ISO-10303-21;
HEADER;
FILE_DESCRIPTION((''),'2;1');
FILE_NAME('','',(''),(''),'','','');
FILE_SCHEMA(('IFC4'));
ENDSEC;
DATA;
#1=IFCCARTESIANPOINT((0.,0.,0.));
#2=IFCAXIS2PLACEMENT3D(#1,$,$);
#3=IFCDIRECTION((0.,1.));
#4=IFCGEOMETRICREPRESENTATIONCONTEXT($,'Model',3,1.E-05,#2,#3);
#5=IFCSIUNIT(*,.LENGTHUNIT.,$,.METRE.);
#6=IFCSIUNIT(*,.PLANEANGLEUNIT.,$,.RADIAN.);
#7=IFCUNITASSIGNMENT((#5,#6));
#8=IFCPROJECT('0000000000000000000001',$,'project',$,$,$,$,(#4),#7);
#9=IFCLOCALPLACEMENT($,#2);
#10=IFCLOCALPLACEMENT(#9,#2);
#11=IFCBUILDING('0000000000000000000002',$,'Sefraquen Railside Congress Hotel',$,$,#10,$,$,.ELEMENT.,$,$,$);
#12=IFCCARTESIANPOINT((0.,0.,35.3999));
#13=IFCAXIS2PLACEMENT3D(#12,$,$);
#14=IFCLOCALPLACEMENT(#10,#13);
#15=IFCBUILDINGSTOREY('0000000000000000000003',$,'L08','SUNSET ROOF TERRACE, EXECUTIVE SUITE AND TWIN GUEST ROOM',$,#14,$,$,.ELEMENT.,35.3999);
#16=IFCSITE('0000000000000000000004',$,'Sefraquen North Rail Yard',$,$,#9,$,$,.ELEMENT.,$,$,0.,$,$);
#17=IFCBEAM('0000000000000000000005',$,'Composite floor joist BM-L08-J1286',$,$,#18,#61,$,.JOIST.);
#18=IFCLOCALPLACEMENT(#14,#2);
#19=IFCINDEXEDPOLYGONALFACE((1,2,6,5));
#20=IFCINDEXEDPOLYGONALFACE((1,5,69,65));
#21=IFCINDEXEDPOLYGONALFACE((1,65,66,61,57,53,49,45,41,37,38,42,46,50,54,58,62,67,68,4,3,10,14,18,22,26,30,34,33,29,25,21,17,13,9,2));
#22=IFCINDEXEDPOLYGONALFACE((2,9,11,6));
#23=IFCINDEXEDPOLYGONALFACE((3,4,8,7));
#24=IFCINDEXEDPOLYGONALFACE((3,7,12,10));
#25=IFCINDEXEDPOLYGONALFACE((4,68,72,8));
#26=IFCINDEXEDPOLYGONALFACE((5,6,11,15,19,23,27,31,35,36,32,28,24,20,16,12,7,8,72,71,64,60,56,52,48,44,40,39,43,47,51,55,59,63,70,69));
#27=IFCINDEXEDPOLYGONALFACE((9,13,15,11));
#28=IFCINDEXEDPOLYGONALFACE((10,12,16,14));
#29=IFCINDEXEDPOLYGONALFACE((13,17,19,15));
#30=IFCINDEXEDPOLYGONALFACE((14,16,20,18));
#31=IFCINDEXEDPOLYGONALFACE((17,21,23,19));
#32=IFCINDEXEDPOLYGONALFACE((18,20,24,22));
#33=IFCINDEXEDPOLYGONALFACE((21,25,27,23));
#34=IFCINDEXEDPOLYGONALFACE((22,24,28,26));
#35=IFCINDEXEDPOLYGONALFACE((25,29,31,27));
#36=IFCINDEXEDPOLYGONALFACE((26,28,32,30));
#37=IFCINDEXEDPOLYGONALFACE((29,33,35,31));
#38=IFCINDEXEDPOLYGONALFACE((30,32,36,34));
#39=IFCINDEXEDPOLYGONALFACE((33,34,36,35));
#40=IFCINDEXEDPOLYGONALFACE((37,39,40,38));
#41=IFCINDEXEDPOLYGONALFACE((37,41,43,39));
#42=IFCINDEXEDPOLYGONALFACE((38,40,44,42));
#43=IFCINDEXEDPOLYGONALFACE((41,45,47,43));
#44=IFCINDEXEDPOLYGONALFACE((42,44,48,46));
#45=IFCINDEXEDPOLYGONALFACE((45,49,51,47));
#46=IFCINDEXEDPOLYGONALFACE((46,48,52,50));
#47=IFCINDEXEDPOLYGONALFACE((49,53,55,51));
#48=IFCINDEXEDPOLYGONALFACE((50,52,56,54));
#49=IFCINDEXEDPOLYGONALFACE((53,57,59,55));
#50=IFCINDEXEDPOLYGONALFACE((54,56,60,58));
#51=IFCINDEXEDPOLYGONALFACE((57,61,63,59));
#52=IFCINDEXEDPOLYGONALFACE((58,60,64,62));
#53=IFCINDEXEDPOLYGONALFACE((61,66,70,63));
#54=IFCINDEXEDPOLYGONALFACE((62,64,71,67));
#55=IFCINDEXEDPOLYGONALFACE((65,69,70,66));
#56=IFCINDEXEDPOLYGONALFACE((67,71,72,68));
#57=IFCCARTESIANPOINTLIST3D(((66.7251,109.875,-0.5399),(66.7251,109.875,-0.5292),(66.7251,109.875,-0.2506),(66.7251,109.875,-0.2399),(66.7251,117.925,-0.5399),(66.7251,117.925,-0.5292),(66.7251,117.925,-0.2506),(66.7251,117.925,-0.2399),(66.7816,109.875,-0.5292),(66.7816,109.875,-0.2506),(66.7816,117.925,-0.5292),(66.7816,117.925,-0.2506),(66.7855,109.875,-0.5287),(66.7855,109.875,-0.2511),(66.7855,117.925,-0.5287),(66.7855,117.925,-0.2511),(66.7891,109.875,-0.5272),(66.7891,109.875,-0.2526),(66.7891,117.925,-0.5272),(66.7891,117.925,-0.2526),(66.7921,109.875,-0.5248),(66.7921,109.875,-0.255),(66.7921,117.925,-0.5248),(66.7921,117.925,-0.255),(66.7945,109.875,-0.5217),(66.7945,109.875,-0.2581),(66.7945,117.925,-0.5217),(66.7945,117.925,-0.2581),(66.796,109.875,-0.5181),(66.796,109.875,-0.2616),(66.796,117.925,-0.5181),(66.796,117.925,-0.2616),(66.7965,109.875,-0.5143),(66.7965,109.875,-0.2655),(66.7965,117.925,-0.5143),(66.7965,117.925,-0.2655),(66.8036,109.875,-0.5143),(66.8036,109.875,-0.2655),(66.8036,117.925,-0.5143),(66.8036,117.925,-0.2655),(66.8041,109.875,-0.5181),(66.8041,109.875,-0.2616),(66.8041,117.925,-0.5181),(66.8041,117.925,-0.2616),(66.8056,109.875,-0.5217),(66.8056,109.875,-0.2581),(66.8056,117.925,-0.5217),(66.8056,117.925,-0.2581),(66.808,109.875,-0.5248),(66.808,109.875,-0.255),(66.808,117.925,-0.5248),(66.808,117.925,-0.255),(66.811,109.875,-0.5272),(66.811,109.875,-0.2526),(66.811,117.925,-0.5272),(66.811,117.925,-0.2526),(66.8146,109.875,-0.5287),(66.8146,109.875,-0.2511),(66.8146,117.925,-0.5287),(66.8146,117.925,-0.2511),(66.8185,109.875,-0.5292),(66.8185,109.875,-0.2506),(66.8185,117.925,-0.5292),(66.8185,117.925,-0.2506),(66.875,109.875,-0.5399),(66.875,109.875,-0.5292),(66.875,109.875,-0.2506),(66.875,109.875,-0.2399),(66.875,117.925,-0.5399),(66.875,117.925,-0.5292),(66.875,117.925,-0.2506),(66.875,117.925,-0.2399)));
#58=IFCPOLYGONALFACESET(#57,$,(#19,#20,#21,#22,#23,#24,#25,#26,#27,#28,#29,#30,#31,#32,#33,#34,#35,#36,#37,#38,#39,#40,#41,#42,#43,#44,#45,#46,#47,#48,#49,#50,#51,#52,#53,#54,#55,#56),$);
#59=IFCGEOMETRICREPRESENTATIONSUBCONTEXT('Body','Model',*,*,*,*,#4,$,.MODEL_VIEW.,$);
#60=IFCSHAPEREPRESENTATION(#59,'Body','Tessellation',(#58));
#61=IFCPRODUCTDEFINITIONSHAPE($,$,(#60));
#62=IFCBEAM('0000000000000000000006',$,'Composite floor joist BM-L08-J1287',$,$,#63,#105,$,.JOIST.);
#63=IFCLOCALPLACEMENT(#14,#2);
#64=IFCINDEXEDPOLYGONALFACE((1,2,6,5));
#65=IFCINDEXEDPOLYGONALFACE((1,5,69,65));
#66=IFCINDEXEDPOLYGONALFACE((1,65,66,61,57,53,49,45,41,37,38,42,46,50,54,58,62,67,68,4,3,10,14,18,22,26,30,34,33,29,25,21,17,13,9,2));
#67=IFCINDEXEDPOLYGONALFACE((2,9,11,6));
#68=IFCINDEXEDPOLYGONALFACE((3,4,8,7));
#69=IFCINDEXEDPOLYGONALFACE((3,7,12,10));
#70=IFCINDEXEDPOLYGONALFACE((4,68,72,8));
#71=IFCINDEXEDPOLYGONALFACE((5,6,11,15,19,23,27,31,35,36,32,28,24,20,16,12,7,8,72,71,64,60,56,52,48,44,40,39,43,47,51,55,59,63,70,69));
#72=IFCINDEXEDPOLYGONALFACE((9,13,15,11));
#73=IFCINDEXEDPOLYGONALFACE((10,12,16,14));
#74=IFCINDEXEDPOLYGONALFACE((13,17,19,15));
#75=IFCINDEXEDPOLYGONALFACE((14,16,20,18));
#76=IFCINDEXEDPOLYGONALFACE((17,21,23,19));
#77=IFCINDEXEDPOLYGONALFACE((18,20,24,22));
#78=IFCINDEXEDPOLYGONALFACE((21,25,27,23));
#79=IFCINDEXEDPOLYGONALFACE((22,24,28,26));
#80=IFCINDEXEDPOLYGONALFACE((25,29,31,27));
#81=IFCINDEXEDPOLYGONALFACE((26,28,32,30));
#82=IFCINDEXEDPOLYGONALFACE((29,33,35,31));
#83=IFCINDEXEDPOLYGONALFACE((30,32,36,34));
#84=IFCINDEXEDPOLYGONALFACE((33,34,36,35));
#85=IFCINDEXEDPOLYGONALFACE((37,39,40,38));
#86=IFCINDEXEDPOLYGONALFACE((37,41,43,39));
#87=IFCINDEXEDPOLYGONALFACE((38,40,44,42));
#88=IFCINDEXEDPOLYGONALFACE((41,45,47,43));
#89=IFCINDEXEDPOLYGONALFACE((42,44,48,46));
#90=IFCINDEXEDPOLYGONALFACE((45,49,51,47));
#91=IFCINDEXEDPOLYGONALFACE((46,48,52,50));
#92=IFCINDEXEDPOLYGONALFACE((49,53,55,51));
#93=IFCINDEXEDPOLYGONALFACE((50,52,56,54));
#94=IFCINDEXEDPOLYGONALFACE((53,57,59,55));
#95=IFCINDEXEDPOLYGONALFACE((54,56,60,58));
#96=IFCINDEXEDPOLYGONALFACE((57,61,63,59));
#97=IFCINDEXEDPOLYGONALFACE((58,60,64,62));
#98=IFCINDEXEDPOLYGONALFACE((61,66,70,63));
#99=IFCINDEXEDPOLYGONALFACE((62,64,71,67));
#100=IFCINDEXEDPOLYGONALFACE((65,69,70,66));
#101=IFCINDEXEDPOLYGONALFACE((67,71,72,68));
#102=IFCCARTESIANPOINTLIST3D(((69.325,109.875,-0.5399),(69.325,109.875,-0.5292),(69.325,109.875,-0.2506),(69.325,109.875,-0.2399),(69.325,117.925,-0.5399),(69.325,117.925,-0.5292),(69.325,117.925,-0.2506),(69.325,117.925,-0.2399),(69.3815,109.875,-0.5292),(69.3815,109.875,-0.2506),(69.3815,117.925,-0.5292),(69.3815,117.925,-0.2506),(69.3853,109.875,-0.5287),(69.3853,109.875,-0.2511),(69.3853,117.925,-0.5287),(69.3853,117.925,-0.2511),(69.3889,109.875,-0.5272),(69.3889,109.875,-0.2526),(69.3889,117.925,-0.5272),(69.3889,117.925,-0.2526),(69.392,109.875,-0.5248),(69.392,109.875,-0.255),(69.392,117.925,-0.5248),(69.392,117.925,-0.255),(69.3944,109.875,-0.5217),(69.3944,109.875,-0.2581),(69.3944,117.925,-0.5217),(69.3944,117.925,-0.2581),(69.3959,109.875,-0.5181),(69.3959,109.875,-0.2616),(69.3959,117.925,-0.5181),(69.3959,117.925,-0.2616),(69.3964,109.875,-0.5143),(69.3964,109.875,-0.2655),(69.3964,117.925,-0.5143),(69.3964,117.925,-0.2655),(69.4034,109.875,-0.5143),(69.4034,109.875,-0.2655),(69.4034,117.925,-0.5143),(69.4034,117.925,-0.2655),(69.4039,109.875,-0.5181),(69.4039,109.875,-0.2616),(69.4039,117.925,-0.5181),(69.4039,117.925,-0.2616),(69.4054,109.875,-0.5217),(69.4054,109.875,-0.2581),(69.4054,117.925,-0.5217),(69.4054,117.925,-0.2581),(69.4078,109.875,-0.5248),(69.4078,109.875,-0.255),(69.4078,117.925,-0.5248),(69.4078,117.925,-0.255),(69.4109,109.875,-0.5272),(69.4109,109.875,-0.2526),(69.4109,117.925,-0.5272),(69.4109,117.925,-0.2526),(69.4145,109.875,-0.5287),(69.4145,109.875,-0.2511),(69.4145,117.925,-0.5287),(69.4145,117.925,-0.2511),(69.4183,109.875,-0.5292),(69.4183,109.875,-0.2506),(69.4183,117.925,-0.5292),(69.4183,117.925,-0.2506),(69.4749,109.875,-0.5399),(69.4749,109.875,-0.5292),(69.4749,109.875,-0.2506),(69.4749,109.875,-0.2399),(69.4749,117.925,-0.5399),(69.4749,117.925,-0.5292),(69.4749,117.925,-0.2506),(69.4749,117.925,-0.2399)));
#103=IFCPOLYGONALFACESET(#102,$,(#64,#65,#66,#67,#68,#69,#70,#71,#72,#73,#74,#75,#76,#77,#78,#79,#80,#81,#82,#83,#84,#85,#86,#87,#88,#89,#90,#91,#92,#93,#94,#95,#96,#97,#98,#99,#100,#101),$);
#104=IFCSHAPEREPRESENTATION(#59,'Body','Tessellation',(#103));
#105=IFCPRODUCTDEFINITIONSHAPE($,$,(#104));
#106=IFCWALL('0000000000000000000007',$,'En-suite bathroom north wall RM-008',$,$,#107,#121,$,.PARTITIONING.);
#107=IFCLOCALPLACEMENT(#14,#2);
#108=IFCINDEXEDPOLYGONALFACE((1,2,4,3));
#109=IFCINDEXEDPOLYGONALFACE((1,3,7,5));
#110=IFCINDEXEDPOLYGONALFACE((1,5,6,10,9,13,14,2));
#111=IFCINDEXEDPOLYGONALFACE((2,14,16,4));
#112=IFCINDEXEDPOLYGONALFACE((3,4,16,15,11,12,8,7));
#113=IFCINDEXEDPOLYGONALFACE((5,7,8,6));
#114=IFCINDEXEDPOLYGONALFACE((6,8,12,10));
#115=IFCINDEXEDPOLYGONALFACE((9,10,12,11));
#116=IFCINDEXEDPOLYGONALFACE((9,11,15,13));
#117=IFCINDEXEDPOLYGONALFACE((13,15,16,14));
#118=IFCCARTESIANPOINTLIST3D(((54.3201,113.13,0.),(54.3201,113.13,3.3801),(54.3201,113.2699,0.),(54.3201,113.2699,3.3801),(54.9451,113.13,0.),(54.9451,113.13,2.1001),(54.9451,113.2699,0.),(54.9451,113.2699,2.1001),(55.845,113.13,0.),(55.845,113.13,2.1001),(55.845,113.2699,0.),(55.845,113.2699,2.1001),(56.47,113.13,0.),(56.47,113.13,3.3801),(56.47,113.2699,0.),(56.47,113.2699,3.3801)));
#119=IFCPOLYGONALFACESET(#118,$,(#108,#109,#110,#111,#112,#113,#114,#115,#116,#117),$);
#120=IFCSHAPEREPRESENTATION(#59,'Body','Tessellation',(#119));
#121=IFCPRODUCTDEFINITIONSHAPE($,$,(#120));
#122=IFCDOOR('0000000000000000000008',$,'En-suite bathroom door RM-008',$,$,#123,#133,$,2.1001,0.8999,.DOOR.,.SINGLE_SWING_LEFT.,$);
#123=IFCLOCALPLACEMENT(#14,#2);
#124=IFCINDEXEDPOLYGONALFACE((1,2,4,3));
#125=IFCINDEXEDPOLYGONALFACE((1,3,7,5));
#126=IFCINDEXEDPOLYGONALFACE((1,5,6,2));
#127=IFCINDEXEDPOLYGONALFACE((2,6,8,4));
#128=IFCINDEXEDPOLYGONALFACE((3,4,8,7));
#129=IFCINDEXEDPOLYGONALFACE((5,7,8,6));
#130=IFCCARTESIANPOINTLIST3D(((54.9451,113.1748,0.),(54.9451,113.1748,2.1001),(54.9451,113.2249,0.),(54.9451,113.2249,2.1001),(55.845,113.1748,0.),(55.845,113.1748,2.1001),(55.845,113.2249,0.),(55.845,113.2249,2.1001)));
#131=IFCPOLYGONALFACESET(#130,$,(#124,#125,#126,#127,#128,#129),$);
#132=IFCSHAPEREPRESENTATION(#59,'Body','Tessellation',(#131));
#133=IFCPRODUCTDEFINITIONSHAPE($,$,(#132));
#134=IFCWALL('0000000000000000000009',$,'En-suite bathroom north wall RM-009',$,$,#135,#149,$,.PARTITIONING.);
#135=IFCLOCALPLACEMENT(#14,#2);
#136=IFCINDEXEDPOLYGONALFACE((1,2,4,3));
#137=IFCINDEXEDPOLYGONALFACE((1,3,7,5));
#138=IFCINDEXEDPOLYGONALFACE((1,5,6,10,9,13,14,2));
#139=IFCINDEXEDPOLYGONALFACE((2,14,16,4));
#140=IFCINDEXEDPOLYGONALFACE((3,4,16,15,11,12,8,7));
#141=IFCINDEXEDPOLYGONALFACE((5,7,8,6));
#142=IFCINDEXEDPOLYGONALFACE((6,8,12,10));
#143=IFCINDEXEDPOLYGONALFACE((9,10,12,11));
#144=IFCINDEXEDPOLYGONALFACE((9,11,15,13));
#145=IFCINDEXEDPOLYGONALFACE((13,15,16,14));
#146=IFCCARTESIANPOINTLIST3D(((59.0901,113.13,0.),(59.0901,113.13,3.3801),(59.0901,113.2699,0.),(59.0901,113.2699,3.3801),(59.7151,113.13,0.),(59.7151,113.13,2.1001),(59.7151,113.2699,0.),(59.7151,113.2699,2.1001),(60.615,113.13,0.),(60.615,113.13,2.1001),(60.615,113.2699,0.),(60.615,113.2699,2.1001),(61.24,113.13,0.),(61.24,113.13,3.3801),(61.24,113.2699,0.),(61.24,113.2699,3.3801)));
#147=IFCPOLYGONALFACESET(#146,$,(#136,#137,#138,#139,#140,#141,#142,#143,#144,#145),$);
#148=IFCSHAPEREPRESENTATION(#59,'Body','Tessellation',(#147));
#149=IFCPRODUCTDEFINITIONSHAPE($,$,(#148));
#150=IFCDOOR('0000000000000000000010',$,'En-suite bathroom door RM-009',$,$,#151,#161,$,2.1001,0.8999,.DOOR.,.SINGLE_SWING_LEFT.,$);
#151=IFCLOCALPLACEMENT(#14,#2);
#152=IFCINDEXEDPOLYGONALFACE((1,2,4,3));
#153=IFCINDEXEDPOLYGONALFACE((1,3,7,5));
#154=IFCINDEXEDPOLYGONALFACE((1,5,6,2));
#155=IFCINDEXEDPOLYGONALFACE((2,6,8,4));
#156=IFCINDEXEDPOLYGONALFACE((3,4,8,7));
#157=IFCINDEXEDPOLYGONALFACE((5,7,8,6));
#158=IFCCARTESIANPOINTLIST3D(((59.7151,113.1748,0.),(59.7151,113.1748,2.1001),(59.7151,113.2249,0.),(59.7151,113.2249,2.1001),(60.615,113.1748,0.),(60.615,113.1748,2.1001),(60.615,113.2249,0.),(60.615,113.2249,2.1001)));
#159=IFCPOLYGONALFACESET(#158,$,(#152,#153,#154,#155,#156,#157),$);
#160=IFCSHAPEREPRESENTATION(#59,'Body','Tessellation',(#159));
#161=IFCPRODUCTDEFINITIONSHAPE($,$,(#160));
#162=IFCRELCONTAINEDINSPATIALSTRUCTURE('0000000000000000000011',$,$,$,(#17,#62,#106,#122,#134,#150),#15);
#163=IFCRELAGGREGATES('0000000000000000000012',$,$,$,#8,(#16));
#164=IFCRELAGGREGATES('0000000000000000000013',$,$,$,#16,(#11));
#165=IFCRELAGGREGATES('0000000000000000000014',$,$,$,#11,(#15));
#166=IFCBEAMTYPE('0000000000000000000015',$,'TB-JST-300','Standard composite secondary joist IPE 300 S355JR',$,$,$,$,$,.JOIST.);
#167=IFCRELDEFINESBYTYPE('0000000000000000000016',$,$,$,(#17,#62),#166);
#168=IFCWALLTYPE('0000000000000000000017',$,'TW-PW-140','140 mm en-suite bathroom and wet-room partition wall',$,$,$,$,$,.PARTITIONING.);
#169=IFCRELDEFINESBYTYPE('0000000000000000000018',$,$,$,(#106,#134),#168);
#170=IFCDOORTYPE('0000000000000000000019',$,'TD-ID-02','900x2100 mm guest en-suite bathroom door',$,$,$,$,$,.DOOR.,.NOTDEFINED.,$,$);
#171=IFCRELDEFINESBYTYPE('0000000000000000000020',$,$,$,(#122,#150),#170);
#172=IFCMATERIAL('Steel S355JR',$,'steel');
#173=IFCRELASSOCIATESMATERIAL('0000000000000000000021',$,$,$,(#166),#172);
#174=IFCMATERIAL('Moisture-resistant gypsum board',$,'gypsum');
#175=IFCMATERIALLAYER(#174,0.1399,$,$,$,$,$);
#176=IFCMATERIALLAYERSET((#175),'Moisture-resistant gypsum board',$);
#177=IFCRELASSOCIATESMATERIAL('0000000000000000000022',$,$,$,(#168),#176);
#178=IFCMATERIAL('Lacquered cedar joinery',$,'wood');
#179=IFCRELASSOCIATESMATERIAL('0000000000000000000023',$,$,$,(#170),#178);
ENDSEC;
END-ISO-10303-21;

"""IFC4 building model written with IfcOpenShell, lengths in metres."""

from ifc_helpers import new_model, si_unit, direction, frame, frame_2d, origin, origin_2d, place, context, subcontext, project, spatial, rectangle, i_section, extrude, material, layer, layer_set, material_profile, profile_set, type_object, element, fill, save


model = new_model("IFC4")

# Units and contexts
model_context = context("Model", 3, precision=1e-05, world=origin(), true_north=direction((0.0, 1.0)))
body_context = subcontext(model_context, "Body", "Model", "MODEL_VIEW")
ifc_project = project(units=[si_unit("LENGTHUNIT", "METRE"), si_unit("PLANEANGLEUNIT", "RADIAN")], contexts=[model_context])

# Site, building, storey
site_placement = place(None, origin())
site = spatial("IfcSite", under=ifc_project, at=site_placement, Name="Sefraquen North Rail Yard", CompositionType="ELEMENT", RefElevation=0.0)
building_placement = place(site_placement, origin())
building = spatial("IfcBuilding", under=site, at=building_placement, Name="Sefraquen Railside Congress Hotel", CompositionType="ELEMENT")
storey_placement = place(building_placement, frame((0.0, 0.0, 35.3999)))
storey = spatial("IfcBuildingStorey", under=building, at=storey_placement, Name="L08", Description="SUNSET ROOF TERRACE, EXECUTIVE SUITE AND TWIN GUEST ROOM", CompositionType="ELEMENT", Elevation=35.3999)

# Shared definitions
ifc_material_1 = material(Name="Steel S355JR", Category="steel")

# Beams
ifc_material_profile_1 = material_profile(ifc_material_1, i_section(OverallWidth=0.1499, OverallDepth=0.3, WebThickness=0.0071, FlangeThickness=0.0107, FilletRadius=0.0149, at=origin_2d()), Name="IPE 300")
ifc_profile_set_1 = profile_set([ifc_material_profile_1], Name="Steel S355JR")
beam_type_1 = type_object("IfcBeamType", Name="TB-JST-300", Description="Standard composite secondary joist IPE 300 S355JR", PredefinedType="JOIST", material=ifc_profile_set_1)
for number, where, z_axis, x_axis, name in (
    (1, (66.8, 109.875, -0.3899), (0.0, 1.0, 0.0), (-1.0, 0.0, 0.0), "Composite floor joist BM-L08-J1286"),
    (2, (69.3999, 109.875, -0.3899), (0.0, 1.0, 0.0), (-1.0, 0.0, 0.0), "Composite floor joist BM-L08-J1287"),
):
    element("IfcBeam", number, at=place(storey_placement, frame(where, z_axis=z_axis, x_axis=x_axis)), inside=storey, type_object=beam_type_1, Name=name, PredefinedType="JOIST", context=body_context, shape_type="SweptSolid", body=[
        extrude(i_section(OverallWidth=0.1499, OverallDepth=0.3, WebThickness=0.0071, FlangeThickness=0.0107, FilletRadius=0.0149, at=origin_2d()), origin(), (0.0, 0.0, 1.0), 8.05),
    ])

# Walls, openings, doors
ifc_material_2 = material(Name="Moisture-resistant gypsum board", Category="gypsum")
ifc_layer_1 = layer(ifc_material_2, 0.1399)
ifc_layer_set_1 = layer_set([ifc_layer_1], Name="Moisture-resistant gypsum board")
wall_type = type_object("IfcWallType", Name="TW-PW-140", Description="140 mm en-suite bathroom and wet-room partition wall", PredefinedType="PARTITIONING", material=ifc_layer_set_1)
wall_1_placement = place(storey_placement, frame((54.3201, 113.2, 0.0), z_axis=(0.0, 0.0, 1.0), x_axis=(1.0, 0.0, 0.0)))
wall_1 = element("IfcWall", 3, at=wall_1_placement, inside=storey, type_object=wall_type, Name="En-suite bathroom north wall RM-008", PredefinedType="PARTITIONING", context=body_context, shape_type="SweptSolid", body=[
    extrude(rectangle(XDim=2.1499, YDim=0.1399, at=frame_2d((1.075, 0.0))), origin(), (0.0, 0.0, 1.0), 3.3801),
])
opening_1_placement = place(wall_1_placement, frame((0.625, 0.0, 0.0)))
opening_1 = element("IfcOpeningElement", 4, at=opening_1_placement, cuts=wall_1, PredefinedType="OPENING", context=body_context, shape_type="SweptSolid", body=[
    extrude(rectangle(XDim=0.8999, YDim=2.1001, at=frame_2d((0.45, 1.05))), frame((0.0, 0.0798, 0.0), z_axis=(0.0, -1.0, 0.0), x_axis=(1.0, 0.0, 0.0)), (0.0, 0.0, 1.0), 0.1599),
])
ifc_material_3 = material(Name="Lacquered cedar joinery", Category="wood")
door_type = type_object("IfcDoorType", Name="TD-ID-02", Description="900x2100 mm guest en-suite bathroom door", OperationType="NOTDEFINED", PredefinedType="DOOR", material=ifc_material_3)
door_1_placement = place(opening_1_placement, origin())
door_1 = element("IfcDoor", 5, at=door_1_placement, inside=storey, type_object=door_type, Name="En-suite bathroom door RM-008", OperationType="SINGLE_SWING_LEFT", OverallHeight=2.1001, OverallWidth=0.8999, PredefinedType="DOOR", context=body_context, shape_type="SweptSolid", body=[
    extrude(rectangle(XDim=0.8999, YDim=2.1001, at=frame_2d((0.45, 1.05))), frame((0.0, 0.0249, 0.0), z_axis=(0.0, -1.0, 0.0), x_axis=(1.0, 0.0, 0.0)), (0.0, 0.0, 1.0), 0.05),
])
fill(opening_1, door_1)
wall_2_placement = place(storey_placement, frame((59.0901, 113.2, 0.0), z_axis=(0.0, 0.0, 1.0), x_axis=(1.0, 0.0, 0.0)))
wall_2 = element("IfcWall", 6, at=wall_2_placement, inside=storey, type_object=wall_type, Name="En-suite bathroom north wall RM-009", PredefinedType="PARTITIONING", context=body_context, shape_type="SweptSolid", body=[
    extrude(rectangle(XDim=2.1499, YDim=0.1399, at=frame_2d((1.075, 0.0))), origin(), (0.0, 0.0, 1.0), 3.3801),
])
opening_2_placement = place(wall_2_placement, frame((0.625, 0.0, 0.0)))
opening_2 = element("IfcOpeningElement", 7, at=opening_2_placement, cuts=wall_2, PredefinedType="OPENING", context=body_context, shape_type="SweptSolid", body=[
    extrude(rectangle(XDim=0.8999, YDim=2.1001, at=frame_2d((0.45, 1.05))), frame((0.0, 0.0798, 0.0), z_axis=(0.0, -1.0, 0.0), x_axis=(1.0, 0.0, 0.0)), (0.0, 0.0, 1.0), 0.1599),
])
door_2_placement = place(opening_2_placement, origin())
door_2 = element("IfcDoor", 8, at=door_2_placement, inside=storey, type_object=door_type, Name="En-suite bathroom door RM-009", OperationType="SINGLE_SWING_LEFT", OverallHeight=2.1001, OverallWidth=0.8999, PredefinedType="DOOR", context=body_context, shape_type="SweptSolid", body=[
    extrude(rectangle(XDim=0.8999, YDim=2.1001, at=frame_2d((0.45, 1.05))), frame((0.0, 0.0249, 0.0), z_axis=(0.0, -1.0, 0.0), x_axis=(1.0, 0.0, 0.0)), (0.0, 0.0, 1.0), 0.05),
])
fill(opening_2, door_2)

save(model, "model.ifc")
